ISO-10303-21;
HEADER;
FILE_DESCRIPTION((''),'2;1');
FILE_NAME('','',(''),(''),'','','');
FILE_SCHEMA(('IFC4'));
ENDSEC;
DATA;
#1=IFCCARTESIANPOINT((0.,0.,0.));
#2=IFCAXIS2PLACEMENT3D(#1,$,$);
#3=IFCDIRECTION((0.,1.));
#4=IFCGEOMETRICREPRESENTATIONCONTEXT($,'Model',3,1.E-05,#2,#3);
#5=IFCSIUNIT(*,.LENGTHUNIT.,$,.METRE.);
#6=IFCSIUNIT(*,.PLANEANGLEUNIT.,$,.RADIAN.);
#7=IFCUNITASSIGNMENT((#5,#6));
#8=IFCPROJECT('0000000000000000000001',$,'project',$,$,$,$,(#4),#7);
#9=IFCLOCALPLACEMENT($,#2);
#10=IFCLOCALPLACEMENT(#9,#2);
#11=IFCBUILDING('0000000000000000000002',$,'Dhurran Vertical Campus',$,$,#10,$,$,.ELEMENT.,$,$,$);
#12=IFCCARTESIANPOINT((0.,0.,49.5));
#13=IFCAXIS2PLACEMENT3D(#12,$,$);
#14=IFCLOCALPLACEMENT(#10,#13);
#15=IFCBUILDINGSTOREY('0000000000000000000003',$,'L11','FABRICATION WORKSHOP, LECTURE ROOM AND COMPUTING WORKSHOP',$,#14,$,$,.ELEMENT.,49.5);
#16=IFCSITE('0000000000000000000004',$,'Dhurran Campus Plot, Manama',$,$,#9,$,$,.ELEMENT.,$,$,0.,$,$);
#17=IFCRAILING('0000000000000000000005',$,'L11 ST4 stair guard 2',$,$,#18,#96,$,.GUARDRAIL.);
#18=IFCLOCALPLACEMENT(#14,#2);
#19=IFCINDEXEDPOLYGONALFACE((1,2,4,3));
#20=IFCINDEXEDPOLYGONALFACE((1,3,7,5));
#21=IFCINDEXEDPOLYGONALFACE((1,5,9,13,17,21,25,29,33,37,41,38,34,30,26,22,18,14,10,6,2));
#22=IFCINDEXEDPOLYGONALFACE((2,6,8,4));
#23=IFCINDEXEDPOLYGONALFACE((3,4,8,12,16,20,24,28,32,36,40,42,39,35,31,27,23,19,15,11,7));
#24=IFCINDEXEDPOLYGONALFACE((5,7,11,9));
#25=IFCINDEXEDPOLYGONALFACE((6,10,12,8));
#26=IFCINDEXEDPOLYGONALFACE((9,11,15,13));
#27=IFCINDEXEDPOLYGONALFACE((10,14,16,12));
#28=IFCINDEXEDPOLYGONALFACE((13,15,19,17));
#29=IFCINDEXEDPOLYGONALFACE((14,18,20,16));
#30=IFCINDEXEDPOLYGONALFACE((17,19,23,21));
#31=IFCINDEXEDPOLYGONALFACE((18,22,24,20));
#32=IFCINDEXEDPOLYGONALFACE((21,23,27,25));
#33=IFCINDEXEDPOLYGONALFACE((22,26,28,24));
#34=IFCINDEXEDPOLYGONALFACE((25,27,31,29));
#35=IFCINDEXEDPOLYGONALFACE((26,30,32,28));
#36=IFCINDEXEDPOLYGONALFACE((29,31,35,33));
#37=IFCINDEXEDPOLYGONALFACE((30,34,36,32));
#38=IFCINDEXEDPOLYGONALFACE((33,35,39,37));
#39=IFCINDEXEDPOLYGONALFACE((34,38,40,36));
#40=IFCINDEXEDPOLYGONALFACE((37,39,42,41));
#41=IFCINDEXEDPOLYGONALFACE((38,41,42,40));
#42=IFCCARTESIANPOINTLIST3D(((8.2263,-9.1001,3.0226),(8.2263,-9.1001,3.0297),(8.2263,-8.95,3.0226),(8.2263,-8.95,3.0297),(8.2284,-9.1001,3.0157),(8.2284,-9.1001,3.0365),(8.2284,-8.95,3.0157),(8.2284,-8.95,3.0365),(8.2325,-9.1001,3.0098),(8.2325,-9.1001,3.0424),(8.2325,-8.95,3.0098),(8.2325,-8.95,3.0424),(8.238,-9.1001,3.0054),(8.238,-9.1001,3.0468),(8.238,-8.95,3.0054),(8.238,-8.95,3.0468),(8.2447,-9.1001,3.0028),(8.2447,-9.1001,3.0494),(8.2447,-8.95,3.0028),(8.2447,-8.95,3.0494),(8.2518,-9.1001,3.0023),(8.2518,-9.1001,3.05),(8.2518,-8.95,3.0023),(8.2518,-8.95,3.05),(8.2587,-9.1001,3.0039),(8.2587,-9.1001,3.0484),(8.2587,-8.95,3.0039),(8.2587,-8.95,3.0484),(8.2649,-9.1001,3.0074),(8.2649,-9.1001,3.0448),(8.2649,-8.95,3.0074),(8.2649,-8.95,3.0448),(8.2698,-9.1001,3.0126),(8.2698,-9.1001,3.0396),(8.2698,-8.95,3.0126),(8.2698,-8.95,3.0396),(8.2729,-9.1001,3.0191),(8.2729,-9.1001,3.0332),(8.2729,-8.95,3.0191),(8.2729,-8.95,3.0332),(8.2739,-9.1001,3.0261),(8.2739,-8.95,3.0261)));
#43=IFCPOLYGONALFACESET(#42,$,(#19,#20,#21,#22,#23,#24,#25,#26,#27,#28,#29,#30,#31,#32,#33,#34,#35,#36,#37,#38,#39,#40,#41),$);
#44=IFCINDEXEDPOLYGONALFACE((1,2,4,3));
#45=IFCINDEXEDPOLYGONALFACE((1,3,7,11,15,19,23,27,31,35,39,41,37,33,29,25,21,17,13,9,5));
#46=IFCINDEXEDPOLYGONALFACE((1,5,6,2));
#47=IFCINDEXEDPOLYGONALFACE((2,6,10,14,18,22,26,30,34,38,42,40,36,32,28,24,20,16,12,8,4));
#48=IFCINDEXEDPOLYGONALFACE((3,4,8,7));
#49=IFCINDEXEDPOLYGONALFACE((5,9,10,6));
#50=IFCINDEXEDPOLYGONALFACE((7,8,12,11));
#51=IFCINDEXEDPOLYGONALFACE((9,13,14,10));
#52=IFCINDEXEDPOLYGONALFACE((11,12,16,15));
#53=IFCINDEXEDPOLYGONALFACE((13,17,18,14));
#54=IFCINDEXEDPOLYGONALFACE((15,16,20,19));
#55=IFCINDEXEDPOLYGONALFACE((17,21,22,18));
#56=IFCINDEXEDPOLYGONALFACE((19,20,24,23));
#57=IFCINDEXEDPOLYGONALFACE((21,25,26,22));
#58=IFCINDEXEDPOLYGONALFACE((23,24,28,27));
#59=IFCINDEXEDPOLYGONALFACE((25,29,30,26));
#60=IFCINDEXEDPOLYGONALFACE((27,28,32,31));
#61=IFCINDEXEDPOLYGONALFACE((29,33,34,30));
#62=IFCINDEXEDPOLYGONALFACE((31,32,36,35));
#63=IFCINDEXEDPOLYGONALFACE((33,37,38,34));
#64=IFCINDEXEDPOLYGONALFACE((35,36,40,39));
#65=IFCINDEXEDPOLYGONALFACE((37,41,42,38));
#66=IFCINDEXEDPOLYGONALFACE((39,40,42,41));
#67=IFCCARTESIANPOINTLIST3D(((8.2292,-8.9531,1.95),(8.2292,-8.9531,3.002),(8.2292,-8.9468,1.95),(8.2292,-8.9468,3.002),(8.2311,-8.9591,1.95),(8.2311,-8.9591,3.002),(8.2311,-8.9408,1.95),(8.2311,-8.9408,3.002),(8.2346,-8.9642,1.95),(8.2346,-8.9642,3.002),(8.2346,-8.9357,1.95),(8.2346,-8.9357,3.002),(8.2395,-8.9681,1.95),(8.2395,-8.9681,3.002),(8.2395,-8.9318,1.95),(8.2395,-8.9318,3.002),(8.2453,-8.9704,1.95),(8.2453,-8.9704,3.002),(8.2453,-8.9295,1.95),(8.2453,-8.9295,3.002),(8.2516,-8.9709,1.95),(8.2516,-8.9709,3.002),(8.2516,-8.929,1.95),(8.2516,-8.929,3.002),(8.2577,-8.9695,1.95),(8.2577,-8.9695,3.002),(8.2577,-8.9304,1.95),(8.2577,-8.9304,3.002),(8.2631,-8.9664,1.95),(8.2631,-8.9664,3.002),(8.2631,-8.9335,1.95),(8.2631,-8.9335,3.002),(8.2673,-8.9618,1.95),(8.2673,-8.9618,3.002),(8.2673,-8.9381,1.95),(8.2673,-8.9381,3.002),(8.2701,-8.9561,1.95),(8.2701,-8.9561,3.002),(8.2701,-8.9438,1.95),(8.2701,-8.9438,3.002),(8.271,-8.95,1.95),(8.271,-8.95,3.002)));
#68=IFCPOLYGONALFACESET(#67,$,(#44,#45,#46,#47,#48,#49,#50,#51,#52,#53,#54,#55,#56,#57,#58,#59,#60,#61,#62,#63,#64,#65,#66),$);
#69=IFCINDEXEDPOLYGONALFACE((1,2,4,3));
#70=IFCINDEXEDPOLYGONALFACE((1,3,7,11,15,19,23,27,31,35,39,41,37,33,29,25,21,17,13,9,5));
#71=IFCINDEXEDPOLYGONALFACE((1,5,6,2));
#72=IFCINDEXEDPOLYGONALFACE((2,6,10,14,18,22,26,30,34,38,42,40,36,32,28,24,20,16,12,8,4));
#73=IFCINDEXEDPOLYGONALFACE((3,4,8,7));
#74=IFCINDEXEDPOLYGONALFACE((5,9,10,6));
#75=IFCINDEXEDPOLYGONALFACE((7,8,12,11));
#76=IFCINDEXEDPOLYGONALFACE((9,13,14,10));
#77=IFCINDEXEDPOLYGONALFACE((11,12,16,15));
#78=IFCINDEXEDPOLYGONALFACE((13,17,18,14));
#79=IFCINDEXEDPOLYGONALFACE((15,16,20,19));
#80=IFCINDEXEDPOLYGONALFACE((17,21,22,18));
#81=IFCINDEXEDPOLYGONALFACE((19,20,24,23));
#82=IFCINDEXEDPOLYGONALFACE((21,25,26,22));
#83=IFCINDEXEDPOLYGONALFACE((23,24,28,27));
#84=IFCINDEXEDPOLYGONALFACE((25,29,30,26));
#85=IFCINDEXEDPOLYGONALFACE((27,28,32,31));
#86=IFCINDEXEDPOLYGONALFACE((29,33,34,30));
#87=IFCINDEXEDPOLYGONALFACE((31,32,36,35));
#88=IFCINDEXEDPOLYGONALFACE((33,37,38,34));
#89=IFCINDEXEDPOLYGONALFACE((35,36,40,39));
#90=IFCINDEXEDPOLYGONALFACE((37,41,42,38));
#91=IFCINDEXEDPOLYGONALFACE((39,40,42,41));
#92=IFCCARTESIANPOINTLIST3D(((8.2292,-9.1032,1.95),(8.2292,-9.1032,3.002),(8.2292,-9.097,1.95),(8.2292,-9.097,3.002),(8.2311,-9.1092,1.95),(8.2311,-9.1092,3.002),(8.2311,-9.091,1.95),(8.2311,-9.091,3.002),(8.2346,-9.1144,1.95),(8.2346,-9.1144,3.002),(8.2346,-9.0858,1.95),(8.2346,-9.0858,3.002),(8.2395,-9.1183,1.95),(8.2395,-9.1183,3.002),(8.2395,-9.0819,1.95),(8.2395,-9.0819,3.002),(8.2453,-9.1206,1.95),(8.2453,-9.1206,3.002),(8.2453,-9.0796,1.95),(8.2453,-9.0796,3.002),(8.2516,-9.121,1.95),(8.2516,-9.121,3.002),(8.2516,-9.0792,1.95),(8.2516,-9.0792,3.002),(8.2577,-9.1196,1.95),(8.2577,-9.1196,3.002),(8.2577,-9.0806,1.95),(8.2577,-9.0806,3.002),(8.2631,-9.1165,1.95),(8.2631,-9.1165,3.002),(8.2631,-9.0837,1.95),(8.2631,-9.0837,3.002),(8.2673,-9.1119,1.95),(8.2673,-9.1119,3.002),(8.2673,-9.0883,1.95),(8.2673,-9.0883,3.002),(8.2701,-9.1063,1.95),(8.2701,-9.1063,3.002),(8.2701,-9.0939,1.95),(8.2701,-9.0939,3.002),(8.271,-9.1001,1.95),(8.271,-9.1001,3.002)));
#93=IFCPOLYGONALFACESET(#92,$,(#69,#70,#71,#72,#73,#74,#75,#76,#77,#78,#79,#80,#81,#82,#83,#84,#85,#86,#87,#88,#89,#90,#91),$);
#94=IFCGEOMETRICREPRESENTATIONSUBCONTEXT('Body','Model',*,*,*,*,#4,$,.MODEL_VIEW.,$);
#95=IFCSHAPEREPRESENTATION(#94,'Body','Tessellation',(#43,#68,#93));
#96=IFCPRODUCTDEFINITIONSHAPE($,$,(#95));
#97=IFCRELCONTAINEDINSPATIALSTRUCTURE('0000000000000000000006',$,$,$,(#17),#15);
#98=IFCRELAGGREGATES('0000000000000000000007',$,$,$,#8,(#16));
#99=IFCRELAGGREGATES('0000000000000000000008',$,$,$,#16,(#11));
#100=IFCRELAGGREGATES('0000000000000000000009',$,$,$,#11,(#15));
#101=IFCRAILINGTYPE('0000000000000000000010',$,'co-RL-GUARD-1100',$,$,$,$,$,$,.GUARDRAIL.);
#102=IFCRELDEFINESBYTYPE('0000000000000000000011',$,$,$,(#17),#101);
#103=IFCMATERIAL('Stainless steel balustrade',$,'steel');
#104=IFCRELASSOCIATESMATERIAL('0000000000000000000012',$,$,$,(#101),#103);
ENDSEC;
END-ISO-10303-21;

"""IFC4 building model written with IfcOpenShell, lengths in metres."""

from ifc_helpers import new_model, si_unit, direction, frame, origin, origin_2d, place, context, subcontext, project, spatial, circle, extrude, material, type_object, element, save


model = new_model("IFC4")

# Units and contexts
model_context = context("Model", 3, precision=1e-05, world=origin(), true_north=direction((0.0, 1.0)))
body_context = subcontext(model_context, "Body", "Model", "MODEL_VIEW")
ifc_project = project(units=[si_unit("LENGTHUNIT", "METRE"), si_unit("PLANEANGLEUNIT", "RADIAN")], contexts=[model_context])

# Site, building, storey
site_placement = place(None, origin())
site = spatial("IfcSite", under=ifc_project, at=site_placement, Name="Dhurran Campus Plot, Manama", CompositionType="ELEMENT", RefElevation=0.0)
building_placement = place(site_placement, origin())
building = spatial("IfcBuilding", under=site, at=building_placement, Name="Dhurran Vertical Campus", CompositionType="ELEMENT")
storey_placement = place(building_placement, frame((0.0, 0.0, 49.5)))
storey = spatial("IfcBuildingStorey", under=building, at=storey_placement, Name="L11", Description="FABRICATION WORKSHOP, LECTURE ROOM AND COMPUTING WORKSHOP", CompositionType="ELEMENT", Elevation=49.5)

# Railing
ifc_material_1 = material(Name="Stainless steel balustrade", Category="steel")
railing_type_1 = type_object("IfcRailingType", Name="co-RL-GUARD-1100", PredefinedType="GUARDRAIL", material=ifc_material_1)
railing_1_placement = place(storey_placement, frame((8.25, -8.95, 1.95)))
element("IfcRailing", 1, at=railing_1_placement, inside=storey, type_object=railing_type_1, Name="L11 ST4 stair guard 2", PredefinedType="GUARDRAIL", context=body_context, shape_type="SweptSolid", body=[
    extrude(circle(Radius=0.0239, at=origin_2d()), frame((0.0, 0.0, 1.0762), z_axis=(0.0, -1.0, 0.0), x_axis=(1.0, 0.0, 0.0)), (0.0, 0.0, 1.0), 0.1501),
    extrude(circle(Radius=0.021, at=origin_2d()), origin(), (0.0, 0.0, 1.0), 1.052),
    extrude(circle(Radius=0.021, at=origin_2d()), frame((0.0, -0.1501, 0.0)), (0.0, 0.0, 1.0), 1.052),
])

save(model, "model.ifc")
